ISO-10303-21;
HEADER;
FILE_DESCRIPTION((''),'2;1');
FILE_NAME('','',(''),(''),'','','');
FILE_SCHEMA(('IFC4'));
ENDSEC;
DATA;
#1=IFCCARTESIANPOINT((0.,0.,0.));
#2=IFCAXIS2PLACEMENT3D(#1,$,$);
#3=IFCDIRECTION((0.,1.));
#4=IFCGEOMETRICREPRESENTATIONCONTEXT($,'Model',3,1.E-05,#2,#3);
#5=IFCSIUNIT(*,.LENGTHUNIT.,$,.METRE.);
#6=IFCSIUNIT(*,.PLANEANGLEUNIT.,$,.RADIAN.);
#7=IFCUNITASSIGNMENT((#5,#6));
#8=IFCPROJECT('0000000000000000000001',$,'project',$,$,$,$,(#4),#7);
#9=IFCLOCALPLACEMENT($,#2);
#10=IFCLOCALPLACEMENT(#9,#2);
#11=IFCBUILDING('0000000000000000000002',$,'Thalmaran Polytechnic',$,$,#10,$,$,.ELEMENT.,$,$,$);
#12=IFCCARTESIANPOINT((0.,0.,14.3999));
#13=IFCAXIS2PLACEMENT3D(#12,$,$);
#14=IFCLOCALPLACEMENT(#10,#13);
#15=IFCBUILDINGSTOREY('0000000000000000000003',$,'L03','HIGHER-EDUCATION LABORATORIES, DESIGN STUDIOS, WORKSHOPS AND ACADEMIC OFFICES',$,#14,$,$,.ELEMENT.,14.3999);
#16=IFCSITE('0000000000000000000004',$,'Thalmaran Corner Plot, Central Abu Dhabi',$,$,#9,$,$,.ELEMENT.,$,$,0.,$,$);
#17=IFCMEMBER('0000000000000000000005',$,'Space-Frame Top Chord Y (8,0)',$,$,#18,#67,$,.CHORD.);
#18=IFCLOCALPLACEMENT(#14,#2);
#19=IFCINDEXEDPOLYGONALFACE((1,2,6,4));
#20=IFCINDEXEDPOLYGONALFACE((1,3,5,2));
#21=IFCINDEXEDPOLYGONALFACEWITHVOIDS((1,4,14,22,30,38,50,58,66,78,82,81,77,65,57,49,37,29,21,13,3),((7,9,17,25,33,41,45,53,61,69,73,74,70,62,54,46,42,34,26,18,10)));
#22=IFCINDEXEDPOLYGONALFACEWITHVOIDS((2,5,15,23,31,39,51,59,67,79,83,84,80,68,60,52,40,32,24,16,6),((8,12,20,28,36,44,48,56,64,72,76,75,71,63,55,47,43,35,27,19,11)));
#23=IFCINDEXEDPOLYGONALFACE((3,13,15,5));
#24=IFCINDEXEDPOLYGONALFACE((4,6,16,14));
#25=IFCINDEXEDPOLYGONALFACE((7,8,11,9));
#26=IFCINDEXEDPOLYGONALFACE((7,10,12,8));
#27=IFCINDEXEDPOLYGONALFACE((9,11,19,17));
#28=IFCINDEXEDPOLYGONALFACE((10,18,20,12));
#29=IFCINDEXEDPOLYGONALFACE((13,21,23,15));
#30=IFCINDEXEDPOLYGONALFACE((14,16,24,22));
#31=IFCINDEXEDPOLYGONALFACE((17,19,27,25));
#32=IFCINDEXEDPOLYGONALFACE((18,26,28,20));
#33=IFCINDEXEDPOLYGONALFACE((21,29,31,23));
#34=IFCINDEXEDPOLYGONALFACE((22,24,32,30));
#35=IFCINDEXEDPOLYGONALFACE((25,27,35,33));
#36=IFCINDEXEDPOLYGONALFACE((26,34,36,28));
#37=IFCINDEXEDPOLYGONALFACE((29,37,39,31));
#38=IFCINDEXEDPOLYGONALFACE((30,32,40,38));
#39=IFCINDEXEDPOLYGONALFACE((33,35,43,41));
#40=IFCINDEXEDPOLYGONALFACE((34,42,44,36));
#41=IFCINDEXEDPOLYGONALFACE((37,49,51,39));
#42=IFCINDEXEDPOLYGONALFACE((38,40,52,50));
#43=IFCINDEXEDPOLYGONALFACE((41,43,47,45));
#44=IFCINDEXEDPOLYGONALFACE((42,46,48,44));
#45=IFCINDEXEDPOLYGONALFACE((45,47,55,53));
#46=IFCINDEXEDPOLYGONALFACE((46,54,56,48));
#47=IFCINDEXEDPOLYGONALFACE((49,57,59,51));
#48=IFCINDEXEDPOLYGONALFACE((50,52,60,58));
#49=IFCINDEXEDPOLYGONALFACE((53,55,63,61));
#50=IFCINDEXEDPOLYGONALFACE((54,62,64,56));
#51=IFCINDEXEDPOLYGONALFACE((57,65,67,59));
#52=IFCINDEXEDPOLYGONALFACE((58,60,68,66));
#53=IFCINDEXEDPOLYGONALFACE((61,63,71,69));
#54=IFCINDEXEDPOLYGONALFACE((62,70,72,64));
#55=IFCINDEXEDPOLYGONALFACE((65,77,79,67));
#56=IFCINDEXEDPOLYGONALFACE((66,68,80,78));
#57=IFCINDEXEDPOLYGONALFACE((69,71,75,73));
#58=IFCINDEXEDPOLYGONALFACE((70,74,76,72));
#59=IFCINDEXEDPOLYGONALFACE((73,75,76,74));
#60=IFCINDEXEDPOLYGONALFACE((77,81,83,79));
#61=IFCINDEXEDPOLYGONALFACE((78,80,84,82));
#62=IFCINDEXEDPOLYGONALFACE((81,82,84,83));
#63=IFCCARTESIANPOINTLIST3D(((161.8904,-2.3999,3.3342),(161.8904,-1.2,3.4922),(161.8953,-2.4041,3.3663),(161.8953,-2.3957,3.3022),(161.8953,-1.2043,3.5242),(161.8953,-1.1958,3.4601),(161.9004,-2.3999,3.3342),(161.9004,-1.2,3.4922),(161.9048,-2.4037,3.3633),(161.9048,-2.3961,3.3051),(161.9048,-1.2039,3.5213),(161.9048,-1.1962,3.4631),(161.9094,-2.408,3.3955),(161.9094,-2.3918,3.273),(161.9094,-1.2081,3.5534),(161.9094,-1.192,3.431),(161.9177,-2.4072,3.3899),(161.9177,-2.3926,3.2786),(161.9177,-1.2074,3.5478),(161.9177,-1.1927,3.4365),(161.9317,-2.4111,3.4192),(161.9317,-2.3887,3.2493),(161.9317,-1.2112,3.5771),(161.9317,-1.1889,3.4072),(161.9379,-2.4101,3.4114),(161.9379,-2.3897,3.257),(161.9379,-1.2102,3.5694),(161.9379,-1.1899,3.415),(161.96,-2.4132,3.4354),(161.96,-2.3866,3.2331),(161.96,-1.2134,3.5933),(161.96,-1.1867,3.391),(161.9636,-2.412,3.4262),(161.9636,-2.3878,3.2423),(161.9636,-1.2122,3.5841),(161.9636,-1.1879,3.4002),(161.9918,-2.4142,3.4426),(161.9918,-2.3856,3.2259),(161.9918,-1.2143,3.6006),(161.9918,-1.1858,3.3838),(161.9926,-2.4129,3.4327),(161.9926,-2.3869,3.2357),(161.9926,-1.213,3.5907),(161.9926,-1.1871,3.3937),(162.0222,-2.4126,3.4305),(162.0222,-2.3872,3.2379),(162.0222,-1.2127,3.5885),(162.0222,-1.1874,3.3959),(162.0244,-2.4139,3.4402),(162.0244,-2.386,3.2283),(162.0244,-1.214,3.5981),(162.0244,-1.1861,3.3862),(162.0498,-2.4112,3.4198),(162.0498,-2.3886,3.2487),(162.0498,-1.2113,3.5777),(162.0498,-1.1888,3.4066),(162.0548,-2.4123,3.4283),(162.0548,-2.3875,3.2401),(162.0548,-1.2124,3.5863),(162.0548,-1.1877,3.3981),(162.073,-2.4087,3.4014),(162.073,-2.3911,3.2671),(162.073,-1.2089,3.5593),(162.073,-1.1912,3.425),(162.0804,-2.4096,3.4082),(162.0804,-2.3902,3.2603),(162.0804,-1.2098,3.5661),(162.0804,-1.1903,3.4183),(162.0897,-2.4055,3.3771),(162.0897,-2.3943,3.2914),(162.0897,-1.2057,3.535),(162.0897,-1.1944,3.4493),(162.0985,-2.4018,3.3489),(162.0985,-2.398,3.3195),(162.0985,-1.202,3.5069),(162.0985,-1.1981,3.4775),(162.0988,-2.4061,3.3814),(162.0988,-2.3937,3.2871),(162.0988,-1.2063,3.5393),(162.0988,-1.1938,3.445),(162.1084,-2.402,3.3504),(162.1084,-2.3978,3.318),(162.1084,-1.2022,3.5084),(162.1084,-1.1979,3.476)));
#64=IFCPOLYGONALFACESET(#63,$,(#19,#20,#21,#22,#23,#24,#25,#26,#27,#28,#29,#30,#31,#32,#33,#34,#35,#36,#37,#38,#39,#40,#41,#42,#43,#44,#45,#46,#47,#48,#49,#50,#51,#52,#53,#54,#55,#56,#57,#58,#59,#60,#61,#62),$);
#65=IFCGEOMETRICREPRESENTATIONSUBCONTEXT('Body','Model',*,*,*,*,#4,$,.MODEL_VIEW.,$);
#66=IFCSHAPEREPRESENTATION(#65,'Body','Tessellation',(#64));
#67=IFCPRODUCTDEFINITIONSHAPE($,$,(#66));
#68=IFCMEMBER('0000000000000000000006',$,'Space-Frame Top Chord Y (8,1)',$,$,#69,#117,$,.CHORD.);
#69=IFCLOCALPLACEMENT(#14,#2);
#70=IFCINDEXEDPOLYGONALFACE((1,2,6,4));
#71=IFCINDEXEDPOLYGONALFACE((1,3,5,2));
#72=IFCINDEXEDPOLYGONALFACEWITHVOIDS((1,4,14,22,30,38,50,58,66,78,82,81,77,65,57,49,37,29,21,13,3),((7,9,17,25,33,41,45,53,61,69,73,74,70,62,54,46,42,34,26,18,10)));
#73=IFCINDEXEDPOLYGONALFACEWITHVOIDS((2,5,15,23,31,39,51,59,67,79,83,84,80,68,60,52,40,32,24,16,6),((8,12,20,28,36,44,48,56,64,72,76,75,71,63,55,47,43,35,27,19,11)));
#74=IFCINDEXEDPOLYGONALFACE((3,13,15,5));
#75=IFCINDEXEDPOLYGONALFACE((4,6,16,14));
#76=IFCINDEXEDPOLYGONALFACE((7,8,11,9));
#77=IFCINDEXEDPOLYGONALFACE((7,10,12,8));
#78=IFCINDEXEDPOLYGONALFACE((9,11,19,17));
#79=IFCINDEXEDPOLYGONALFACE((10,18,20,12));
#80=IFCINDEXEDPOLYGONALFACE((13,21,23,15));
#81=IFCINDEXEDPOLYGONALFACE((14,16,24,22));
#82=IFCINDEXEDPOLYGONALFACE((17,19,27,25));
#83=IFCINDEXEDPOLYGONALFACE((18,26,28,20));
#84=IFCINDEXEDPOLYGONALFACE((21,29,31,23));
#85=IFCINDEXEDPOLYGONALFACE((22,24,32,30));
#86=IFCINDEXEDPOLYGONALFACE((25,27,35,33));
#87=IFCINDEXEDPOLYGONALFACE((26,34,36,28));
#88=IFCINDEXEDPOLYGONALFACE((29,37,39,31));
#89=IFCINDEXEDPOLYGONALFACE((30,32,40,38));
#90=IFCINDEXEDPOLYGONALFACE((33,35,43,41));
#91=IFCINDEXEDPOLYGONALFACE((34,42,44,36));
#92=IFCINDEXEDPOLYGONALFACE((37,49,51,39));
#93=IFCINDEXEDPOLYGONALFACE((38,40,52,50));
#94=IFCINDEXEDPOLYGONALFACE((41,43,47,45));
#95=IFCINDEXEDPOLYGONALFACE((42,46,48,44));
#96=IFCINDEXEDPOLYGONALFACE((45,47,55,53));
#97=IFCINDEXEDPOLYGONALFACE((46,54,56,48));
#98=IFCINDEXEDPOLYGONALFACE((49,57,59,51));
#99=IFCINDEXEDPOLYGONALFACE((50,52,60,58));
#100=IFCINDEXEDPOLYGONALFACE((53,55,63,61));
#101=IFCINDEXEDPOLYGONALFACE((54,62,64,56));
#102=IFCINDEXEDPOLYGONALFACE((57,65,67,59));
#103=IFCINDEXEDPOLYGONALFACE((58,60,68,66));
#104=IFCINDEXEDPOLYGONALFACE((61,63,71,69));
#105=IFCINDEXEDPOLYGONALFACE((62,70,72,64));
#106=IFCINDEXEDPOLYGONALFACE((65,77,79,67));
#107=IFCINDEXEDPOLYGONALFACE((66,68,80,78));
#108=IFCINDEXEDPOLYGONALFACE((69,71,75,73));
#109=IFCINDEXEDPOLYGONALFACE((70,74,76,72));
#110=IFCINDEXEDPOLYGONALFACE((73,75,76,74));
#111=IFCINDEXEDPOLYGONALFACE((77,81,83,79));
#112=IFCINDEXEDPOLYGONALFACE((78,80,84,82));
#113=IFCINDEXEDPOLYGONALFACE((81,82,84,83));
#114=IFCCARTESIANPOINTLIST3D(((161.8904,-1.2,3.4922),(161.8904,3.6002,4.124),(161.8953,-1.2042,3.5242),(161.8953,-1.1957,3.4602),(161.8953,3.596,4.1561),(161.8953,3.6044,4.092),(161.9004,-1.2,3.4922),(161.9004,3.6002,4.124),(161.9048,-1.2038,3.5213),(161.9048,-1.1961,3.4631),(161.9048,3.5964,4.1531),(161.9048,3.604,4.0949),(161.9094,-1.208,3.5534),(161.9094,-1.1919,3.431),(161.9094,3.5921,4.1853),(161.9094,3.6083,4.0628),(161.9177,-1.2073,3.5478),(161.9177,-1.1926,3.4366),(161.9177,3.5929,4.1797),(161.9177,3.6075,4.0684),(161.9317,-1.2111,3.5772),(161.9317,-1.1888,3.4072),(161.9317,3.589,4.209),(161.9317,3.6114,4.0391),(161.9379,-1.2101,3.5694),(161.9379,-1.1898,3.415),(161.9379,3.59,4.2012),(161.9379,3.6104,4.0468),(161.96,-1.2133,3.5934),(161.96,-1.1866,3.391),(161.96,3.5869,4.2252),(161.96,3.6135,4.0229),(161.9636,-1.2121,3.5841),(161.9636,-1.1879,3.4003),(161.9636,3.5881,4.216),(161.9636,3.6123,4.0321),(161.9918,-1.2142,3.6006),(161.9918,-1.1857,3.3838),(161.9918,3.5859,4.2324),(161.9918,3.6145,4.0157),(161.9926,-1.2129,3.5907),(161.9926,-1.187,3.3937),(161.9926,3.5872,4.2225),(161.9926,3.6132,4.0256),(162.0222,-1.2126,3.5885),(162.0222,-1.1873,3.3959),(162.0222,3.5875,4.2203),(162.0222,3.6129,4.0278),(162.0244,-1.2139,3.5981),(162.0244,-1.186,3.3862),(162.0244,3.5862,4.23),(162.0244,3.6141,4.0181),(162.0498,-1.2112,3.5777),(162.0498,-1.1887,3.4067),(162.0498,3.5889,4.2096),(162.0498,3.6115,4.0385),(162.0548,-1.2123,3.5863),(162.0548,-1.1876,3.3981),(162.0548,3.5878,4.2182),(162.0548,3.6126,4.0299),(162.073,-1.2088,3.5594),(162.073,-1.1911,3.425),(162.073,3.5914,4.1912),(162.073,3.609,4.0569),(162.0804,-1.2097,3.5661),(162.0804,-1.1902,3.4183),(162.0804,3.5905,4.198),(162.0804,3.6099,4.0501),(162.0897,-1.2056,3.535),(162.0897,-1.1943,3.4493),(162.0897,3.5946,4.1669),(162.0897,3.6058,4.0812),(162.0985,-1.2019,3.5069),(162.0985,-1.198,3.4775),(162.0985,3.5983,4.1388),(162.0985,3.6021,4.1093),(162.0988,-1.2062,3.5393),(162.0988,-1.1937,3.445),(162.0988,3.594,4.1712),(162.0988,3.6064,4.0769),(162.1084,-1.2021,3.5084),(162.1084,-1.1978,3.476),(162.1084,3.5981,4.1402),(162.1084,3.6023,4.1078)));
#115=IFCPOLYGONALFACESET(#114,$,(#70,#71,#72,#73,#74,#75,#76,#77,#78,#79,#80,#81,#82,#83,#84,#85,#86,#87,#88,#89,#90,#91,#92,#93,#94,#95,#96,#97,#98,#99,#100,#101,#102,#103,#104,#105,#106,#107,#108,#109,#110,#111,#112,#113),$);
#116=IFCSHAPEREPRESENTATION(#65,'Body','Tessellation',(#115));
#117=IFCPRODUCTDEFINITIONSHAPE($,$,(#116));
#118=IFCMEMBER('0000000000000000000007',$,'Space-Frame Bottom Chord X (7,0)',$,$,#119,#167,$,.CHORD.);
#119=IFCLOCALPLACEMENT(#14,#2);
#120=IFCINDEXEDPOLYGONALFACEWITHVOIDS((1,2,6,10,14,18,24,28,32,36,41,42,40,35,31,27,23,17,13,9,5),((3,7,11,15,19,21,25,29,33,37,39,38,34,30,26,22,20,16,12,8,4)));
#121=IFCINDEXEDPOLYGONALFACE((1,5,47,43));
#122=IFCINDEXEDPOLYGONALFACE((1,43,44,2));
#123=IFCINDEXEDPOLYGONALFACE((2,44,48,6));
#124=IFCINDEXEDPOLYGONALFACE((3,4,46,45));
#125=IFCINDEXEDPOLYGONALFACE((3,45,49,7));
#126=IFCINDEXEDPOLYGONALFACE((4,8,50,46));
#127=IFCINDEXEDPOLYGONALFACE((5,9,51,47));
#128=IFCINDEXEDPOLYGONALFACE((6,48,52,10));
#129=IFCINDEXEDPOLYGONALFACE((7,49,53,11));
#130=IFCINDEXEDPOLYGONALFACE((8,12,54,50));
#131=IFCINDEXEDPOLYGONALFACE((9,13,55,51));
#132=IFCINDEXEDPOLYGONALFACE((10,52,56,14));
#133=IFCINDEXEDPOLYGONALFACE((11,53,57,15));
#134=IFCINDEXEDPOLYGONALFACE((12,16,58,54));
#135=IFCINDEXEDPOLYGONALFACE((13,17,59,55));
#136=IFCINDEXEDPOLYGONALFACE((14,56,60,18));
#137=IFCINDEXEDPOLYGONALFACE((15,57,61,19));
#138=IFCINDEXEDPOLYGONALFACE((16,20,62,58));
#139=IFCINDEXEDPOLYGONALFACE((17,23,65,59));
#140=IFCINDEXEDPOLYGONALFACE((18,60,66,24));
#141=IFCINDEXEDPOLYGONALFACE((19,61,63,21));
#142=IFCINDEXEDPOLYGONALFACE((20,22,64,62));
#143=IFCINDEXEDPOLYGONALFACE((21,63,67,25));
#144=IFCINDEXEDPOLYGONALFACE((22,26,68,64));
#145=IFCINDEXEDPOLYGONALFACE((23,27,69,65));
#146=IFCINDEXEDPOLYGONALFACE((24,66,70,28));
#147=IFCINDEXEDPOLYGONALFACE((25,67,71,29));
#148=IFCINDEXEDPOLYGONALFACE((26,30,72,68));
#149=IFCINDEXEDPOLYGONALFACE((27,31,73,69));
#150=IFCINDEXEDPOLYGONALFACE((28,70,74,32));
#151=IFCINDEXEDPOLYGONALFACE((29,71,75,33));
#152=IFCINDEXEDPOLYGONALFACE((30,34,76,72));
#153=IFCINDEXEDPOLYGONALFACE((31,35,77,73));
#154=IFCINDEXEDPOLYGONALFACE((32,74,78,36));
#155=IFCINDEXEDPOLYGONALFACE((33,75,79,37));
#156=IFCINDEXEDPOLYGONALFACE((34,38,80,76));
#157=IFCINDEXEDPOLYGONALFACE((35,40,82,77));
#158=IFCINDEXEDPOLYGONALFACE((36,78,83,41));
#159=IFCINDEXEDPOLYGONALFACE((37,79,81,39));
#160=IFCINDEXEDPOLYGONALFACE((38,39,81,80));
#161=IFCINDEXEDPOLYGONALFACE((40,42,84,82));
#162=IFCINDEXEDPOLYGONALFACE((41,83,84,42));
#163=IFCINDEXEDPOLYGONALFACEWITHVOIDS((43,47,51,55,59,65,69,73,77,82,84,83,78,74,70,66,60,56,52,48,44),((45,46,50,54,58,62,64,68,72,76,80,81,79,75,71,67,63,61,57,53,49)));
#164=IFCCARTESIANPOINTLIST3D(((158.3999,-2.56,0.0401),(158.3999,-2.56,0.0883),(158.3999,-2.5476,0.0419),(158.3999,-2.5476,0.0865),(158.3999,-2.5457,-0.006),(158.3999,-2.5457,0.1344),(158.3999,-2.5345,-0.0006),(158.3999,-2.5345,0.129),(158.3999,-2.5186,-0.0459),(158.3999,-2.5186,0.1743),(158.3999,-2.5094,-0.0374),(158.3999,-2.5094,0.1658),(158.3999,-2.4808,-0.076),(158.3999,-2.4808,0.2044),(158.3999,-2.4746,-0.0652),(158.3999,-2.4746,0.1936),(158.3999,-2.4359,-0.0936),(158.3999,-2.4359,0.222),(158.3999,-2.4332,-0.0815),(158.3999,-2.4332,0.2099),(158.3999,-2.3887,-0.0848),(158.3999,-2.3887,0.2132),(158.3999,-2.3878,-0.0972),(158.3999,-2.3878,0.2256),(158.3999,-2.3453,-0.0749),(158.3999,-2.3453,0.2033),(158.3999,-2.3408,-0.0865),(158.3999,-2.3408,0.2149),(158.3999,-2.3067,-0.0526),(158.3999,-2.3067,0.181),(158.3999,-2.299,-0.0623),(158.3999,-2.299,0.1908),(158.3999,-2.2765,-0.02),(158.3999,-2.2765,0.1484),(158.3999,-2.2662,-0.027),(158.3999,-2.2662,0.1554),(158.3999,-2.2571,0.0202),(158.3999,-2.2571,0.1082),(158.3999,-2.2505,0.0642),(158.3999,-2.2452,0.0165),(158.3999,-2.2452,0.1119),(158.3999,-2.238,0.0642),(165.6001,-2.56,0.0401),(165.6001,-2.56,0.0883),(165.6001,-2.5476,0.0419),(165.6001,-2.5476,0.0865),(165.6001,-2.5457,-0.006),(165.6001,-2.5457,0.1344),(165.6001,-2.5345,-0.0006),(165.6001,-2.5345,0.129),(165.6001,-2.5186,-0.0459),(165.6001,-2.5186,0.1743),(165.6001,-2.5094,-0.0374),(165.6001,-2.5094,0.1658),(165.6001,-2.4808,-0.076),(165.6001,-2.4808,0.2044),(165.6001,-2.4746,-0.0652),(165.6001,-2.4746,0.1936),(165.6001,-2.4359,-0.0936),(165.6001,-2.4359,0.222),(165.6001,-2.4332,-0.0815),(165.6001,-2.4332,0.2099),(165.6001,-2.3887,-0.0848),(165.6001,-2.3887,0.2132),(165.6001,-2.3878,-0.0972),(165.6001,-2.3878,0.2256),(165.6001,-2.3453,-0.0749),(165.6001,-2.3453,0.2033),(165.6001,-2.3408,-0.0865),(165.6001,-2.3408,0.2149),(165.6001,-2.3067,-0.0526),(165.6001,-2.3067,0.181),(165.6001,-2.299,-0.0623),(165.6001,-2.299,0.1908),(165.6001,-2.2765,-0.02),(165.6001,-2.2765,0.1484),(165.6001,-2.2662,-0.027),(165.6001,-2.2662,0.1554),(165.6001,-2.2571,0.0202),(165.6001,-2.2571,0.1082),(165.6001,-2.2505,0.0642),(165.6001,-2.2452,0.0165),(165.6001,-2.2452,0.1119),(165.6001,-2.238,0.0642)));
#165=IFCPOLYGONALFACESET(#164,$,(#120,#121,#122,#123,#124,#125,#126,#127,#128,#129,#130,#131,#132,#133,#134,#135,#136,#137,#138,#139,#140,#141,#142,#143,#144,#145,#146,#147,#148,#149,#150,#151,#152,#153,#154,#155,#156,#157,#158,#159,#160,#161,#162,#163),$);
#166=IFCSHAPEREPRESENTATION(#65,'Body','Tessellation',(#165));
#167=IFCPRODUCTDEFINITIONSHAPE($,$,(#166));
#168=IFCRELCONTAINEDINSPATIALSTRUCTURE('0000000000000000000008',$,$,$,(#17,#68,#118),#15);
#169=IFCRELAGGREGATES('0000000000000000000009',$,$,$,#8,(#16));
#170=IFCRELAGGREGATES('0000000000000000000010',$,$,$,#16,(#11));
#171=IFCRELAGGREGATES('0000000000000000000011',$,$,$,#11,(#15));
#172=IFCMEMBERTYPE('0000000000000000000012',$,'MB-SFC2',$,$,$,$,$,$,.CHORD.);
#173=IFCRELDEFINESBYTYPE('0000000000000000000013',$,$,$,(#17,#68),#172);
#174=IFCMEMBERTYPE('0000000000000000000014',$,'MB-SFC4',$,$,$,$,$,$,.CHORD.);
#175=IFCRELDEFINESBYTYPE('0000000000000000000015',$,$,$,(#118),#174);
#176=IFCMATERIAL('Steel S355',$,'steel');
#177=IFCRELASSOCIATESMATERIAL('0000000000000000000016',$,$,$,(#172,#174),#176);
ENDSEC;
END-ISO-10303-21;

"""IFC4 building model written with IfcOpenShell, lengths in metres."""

from ifc_helpers import new_model, si_unit, direction, frame, origin, origin_2d, place, context, subcontext, project, spatial, hollow_circle, extrude, material, material_profile, profile_set, type_object, element, save


model = new_model("IFC4")

# Units and contexts
model_context = context("Model", 3, precision=1e-05, world=origin(), true_north=direction((0.0, 1.0)))
body_context = subcontext(model_context, "Body", "Model", "MODEL_VIEW")
ifc_project = project(units=[si_unit("LENGTHUNIT", "METRE"), si_unit("PLANEANGLEUNIT", "RADIAN")], contexts=[model_context])

# Site, building, storey
site_placement = place(None, origin())
site = spatial("IfcSite", under=ifc_project, at=site_placement, Name="Thalmaran Corner Plot, Central Abu Dhabi", CompositionType="ELEMENT", RefElevation=0.0)
building_placement = place(site_placement, origin())
building = spatial("IfcBuilding", under=site, at=building_placement, Name="Thalmaran Polytechnic", CompositionType="ELEMENT")
storey_placement = place(building_placement, frame((0.0, 0.0, 14.3999)))
storey = spatial("IfcBuildingStorey", under=building, at=storey_placement, Name="L03", Description="HIGHER-EDUCATION LABORATORIES, DESIGN STUDIOS, WORKSHOPS AND ACADEMIC OFFICES", CompositionType="ELEMENT", Elevation=14.3999)

# Shared definitions
ifc_material = material(Name="Steel S355", Category="steel")

# Members
ifc_material_profile_1 = material_profile(ifc_material, hollow_circle(Radius=0.1096, WallThickness=0.01, at=origin_2d()), Name="CHS 219.1x10.0")
ifc_profile_set_1 = profile_set([ifc_material_profile_1], Name="Steel S355")
member_type_1 = type_object("IfcMemberType", Name="MB-SFC2", PredefinedType="CHORD", material=ifc_profile_set_1)
member_1_placement = place(storey_placement, frame((162.0, -2.3999, 3.3342), z_axis=(0.0, 0.991447, 0.130512), x_axis=(-1.0, 0.0, 0.0)))
element("IfcMember", 1, at=member_1_placement, inside=storey, type_object=member_type_1, Name="Space-Frame Top Chord Y (8,0)", PredefinedType="CHORD", context=body_context, shape_type="SweptSolid", body=[
    extrude(hollow_circle(Radius=0.1096, WallThickness=0.01, at=origin_2d()), origin(), (0.0, 0.0, 1.0), 1.2102),
])
member_2_placement = place(storey_placement, frame((162.0, -1.2, 3.4922), z_axis=(0.0, 0.991448, 0.130505), x_axis=(-1.0, 0.0, 0.0)))
element("IfcMember", 2, at=member_2_placement, inside=storey, type_object=member_type_1, Name="Space-Frame Top Chord Y (8,1)", PredefinedType="CHORD", context=body_context, shape_type="SweptSolid", body=[
    extrude(hollow_circle(Radius=0.1096, WallThickness=0.01, at=origin_2d()), origin(), (0.0, 0.0, 1.0), 4.8416),
])
ifc_material_profile_2 = material_profile(ifc_material, hollow_circle(Radius=0.1619, WallThickness=0.0125, at=origin_2d()), Name="CHS 323.9x12.5")
ifc_profile_set_2 = profile_set([ifc_material_profile_2], Name="Steel S355")
member_type_2 = type_object("IfcMemberType", Name="MB-SFC4", PredefinedType="CHORD", material=ifc_profile_set_2)
member_3_placement = place(storey_placement, frame((158.3999, -2.3999, 0.0642), z_axis=(1.0, 0.0, 0.0), x_axis=(0.0, 1.0, 0.0)))
element("IfcMember", 3, at=member_3_placement, inside=storey, type_object=member_type_2, Name="Space-Frame Bottom Chord X (7,0)", PredefinedType="CHORD", context=body_context, shape_type="SweptSolid", body=[
    extrude(hollow_circle(Radius=0.1619, WallThickness=0.0125, at=origin_2d()), origin(), (0.0, 0.0, 1.0), 7.2002),
])

save(model, "model.ifc")
